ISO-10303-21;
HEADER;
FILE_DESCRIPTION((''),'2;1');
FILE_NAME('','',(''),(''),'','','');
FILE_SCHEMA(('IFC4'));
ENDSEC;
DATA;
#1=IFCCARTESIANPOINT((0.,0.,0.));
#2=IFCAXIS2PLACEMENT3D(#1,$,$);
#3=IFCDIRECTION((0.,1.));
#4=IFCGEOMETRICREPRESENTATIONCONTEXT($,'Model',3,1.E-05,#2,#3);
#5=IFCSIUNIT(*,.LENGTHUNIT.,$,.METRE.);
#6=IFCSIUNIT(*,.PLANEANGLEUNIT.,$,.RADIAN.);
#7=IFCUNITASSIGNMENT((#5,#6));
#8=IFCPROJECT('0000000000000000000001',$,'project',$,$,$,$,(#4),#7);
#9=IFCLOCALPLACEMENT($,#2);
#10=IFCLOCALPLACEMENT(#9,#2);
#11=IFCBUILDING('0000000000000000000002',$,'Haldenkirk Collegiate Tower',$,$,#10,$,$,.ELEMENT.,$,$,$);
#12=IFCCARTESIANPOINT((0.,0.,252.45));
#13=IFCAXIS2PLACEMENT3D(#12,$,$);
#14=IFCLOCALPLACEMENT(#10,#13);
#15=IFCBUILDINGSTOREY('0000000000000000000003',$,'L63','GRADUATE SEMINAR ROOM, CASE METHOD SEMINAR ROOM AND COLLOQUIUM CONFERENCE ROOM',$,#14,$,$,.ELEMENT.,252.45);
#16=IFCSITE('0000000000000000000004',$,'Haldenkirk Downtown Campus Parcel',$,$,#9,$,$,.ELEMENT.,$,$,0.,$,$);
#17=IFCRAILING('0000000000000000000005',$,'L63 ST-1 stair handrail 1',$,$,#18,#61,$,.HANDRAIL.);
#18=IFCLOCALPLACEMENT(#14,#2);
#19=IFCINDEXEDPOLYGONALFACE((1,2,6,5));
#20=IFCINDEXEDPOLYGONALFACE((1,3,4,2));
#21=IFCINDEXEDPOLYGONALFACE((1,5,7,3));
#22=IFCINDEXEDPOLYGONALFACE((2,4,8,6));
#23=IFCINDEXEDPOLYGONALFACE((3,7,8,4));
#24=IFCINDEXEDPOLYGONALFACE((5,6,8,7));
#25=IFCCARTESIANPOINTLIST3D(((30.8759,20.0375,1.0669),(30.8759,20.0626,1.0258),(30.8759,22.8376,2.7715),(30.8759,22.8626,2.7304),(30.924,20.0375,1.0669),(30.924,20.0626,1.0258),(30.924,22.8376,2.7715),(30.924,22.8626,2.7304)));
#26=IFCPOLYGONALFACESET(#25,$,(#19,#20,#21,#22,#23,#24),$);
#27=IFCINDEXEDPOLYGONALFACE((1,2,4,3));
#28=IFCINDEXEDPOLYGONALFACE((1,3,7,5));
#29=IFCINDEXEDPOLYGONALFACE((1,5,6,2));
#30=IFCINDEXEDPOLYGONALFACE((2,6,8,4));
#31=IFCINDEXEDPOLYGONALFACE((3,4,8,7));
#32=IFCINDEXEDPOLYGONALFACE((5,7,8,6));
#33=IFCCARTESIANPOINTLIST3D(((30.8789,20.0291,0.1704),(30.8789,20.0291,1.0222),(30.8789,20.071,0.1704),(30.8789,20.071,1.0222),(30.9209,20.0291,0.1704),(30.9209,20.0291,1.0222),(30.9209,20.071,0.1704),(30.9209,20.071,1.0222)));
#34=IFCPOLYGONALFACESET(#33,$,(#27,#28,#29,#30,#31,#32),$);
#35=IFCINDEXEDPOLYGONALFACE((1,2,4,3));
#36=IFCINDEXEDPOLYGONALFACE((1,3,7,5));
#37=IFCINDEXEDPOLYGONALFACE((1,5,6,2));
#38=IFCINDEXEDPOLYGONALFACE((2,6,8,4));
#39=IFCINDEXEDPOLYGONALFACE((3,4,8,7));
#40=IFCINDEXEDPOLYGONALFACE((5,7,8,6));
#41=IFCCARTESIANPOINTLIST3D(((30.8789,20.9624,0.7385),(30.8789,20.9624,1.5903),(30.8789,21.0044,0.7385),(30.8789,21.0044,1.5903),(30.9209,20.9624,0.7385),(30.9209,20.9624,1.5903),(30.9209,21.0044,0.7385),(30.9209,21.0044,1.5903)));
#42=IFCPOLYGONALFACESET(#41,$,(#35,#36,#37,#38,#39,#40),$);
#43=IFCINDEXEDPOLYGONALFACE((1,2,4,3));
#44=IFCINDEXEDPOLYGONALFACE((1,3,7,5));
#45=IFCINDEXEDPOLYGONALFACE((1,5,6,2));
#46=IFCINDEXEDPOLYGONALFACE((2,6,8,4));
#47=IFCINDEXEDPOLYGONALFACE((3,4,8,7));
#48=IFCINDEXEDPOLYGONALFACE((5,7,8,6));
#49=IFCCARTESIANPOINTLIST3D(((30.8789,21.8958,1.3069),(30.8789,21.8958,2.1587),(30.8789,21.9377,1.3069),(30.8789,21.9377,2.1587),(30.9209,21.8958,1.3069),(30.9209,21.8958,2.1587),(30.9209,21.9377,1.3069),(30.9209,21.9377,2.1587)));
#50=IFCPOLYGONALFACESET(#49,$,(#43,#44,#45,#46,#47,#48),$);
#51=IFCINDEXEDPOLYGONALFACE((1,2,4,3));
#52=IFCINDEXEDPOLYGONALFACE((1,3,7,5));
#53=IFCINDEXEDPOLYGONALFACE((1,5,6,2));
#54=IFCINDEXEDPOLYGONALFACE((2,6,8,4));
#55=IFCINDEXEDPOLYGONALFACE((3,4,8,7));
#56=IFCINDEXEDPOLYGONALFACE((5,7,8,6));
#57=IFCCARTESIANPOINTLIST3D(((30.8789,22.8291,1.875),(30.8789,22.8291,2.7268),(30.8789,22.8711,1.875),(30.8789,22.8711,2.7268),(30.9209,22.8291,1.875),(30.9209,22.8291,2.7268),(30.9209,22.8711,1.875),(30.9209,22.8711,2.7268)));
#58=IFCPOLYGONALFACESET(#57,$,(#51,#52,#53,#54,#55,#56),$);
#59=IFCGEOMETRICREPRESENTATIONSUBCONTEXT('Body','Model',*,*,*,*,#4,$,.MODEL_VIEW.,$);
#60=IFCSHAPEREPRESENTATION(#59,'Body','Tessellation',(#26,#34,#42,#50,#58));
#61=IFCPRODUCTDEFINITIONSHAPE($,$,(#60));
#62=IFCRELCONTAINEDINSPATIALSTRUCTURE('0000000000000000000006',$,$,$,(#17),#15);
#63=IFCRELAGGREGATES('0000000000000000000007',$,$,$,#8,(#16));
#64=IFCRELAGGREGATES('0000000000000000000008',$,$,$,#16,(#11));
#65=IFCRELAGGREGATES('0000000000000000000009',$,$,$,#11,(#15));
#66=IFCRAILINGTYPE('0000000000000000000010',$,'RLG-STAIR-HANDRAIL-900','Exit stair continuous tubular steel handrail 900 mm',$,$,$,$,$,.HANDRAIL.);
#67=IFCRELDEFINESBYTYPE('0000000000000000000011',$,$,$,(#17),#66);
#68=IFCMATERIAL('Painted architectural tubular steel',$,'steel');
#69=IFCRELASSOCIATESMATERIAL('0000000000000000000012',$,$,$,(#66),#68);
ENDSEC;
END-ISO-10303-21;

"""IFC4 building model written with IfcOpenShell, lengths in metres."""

from ifc_helpers import new_model, si_unit, direction, frame, origin, origin_2d, place, context, subcontext, project, spatial, rectangle, extrude, material, type_object, element, save


model = new_model("IFC4")

# Units and contexts
model_context = context("Model", 3, precision=1e-05, world=origin(), true_north=direction((0.0, 1.0)))
body_context = subcontext(model_context, "Body", "Model", "MODEL_VIEW")
ifc_project = project(units=[si_unit("LENGTHUNIT", "METRE"), si_unit("PLANEANGLEUNIT", "RADIAN")], contexts=[model_context])

# Site, building, storey
site_placement = place(None, origin())
site = spatial("IfcSite", under=ifc_project, at=site_placement, Name="Haldenkirk Downtown Campus Parcel", CompositionType="ELEMENT", RefElevation=0.0)
building_placement = place(site_placement, origin())
building = spatial("IfcBuilding", under=site, at=building_placement, Name="Haldenkirk Collegiate Tower", CompositionType="ELEMENT")
storey_placement = place(building_placement, frame((0.0, 0.0, 252.45)))
storey = spatial("IfcBuildingStorey", under=building, at=storey_placement, Name="L63", Description="GRADUATE SEMINAR ROOM, CASE METHOD SEMINAR ROOM AND COLLOQUIUM CONFERENCE ROOM", CompositionType="ELEMENT", Elevation=252.45)

# Railing
ifc_material_1 = material(Name="Painted architectural tubular steel", Category="steel")
railing_type_1 = type_object("IfcRailingType", Name="RLG-STAIR-HANDRAIL-900", Description="Exit stair continuous tubular steel handrail 900 mm", PredefinedType="HANDRAIL", material=ifc_material_1)
railing_1_placement = place(storey_placement, frame((30.8999, 20.05, 0.1704)))
element("IfcRailing", 1, at=railing_1_placement, inside=storey, type_object=railing_type_1, Name="L63 ST-1 stair handrail 1", PredefinedType="HANDRAIL", context=body_context, shape_type="SweptSolid", body=[
    extrude(rectangle(XDim=0.0481, YDim=0.0481, at=origin_2d()), frame((0.0, 0.0, 0.876), z_axis=(0.0, 0.85417, 0.519994), x_axis=(-1.0, 0.0, 0.0)), (0.0, 0.0, 1.0), 3.2781),
    extrude(rectangle(XDim=0.042, YDim=0.042, at=origin_2d()), origin(), (0.0, 0.0, 1.0), 0.8518),
    extrude(rectangle(XDim=0.042, YDim=0.042, at=origin_2d()), frame((0.0, 0.9333, 0.5681)), (0.0, 0.0, 1.0), 0.8518),
    extrude(rectangle(XDim=0.042, YDim=0.042, at=origin_2d()), frame((0.0, 1.8667, 1.1365)), (0.0, 0.0, 1.0), 0.8518),
    extrude(rectangle(XDim=0.042, YDim=0.042, at=origin_2d()), frame((0.0, 2.8, 1.7046)), (0.0, 0.0, 1.0), 0.8518),
])

save(model, "model.ifc")
